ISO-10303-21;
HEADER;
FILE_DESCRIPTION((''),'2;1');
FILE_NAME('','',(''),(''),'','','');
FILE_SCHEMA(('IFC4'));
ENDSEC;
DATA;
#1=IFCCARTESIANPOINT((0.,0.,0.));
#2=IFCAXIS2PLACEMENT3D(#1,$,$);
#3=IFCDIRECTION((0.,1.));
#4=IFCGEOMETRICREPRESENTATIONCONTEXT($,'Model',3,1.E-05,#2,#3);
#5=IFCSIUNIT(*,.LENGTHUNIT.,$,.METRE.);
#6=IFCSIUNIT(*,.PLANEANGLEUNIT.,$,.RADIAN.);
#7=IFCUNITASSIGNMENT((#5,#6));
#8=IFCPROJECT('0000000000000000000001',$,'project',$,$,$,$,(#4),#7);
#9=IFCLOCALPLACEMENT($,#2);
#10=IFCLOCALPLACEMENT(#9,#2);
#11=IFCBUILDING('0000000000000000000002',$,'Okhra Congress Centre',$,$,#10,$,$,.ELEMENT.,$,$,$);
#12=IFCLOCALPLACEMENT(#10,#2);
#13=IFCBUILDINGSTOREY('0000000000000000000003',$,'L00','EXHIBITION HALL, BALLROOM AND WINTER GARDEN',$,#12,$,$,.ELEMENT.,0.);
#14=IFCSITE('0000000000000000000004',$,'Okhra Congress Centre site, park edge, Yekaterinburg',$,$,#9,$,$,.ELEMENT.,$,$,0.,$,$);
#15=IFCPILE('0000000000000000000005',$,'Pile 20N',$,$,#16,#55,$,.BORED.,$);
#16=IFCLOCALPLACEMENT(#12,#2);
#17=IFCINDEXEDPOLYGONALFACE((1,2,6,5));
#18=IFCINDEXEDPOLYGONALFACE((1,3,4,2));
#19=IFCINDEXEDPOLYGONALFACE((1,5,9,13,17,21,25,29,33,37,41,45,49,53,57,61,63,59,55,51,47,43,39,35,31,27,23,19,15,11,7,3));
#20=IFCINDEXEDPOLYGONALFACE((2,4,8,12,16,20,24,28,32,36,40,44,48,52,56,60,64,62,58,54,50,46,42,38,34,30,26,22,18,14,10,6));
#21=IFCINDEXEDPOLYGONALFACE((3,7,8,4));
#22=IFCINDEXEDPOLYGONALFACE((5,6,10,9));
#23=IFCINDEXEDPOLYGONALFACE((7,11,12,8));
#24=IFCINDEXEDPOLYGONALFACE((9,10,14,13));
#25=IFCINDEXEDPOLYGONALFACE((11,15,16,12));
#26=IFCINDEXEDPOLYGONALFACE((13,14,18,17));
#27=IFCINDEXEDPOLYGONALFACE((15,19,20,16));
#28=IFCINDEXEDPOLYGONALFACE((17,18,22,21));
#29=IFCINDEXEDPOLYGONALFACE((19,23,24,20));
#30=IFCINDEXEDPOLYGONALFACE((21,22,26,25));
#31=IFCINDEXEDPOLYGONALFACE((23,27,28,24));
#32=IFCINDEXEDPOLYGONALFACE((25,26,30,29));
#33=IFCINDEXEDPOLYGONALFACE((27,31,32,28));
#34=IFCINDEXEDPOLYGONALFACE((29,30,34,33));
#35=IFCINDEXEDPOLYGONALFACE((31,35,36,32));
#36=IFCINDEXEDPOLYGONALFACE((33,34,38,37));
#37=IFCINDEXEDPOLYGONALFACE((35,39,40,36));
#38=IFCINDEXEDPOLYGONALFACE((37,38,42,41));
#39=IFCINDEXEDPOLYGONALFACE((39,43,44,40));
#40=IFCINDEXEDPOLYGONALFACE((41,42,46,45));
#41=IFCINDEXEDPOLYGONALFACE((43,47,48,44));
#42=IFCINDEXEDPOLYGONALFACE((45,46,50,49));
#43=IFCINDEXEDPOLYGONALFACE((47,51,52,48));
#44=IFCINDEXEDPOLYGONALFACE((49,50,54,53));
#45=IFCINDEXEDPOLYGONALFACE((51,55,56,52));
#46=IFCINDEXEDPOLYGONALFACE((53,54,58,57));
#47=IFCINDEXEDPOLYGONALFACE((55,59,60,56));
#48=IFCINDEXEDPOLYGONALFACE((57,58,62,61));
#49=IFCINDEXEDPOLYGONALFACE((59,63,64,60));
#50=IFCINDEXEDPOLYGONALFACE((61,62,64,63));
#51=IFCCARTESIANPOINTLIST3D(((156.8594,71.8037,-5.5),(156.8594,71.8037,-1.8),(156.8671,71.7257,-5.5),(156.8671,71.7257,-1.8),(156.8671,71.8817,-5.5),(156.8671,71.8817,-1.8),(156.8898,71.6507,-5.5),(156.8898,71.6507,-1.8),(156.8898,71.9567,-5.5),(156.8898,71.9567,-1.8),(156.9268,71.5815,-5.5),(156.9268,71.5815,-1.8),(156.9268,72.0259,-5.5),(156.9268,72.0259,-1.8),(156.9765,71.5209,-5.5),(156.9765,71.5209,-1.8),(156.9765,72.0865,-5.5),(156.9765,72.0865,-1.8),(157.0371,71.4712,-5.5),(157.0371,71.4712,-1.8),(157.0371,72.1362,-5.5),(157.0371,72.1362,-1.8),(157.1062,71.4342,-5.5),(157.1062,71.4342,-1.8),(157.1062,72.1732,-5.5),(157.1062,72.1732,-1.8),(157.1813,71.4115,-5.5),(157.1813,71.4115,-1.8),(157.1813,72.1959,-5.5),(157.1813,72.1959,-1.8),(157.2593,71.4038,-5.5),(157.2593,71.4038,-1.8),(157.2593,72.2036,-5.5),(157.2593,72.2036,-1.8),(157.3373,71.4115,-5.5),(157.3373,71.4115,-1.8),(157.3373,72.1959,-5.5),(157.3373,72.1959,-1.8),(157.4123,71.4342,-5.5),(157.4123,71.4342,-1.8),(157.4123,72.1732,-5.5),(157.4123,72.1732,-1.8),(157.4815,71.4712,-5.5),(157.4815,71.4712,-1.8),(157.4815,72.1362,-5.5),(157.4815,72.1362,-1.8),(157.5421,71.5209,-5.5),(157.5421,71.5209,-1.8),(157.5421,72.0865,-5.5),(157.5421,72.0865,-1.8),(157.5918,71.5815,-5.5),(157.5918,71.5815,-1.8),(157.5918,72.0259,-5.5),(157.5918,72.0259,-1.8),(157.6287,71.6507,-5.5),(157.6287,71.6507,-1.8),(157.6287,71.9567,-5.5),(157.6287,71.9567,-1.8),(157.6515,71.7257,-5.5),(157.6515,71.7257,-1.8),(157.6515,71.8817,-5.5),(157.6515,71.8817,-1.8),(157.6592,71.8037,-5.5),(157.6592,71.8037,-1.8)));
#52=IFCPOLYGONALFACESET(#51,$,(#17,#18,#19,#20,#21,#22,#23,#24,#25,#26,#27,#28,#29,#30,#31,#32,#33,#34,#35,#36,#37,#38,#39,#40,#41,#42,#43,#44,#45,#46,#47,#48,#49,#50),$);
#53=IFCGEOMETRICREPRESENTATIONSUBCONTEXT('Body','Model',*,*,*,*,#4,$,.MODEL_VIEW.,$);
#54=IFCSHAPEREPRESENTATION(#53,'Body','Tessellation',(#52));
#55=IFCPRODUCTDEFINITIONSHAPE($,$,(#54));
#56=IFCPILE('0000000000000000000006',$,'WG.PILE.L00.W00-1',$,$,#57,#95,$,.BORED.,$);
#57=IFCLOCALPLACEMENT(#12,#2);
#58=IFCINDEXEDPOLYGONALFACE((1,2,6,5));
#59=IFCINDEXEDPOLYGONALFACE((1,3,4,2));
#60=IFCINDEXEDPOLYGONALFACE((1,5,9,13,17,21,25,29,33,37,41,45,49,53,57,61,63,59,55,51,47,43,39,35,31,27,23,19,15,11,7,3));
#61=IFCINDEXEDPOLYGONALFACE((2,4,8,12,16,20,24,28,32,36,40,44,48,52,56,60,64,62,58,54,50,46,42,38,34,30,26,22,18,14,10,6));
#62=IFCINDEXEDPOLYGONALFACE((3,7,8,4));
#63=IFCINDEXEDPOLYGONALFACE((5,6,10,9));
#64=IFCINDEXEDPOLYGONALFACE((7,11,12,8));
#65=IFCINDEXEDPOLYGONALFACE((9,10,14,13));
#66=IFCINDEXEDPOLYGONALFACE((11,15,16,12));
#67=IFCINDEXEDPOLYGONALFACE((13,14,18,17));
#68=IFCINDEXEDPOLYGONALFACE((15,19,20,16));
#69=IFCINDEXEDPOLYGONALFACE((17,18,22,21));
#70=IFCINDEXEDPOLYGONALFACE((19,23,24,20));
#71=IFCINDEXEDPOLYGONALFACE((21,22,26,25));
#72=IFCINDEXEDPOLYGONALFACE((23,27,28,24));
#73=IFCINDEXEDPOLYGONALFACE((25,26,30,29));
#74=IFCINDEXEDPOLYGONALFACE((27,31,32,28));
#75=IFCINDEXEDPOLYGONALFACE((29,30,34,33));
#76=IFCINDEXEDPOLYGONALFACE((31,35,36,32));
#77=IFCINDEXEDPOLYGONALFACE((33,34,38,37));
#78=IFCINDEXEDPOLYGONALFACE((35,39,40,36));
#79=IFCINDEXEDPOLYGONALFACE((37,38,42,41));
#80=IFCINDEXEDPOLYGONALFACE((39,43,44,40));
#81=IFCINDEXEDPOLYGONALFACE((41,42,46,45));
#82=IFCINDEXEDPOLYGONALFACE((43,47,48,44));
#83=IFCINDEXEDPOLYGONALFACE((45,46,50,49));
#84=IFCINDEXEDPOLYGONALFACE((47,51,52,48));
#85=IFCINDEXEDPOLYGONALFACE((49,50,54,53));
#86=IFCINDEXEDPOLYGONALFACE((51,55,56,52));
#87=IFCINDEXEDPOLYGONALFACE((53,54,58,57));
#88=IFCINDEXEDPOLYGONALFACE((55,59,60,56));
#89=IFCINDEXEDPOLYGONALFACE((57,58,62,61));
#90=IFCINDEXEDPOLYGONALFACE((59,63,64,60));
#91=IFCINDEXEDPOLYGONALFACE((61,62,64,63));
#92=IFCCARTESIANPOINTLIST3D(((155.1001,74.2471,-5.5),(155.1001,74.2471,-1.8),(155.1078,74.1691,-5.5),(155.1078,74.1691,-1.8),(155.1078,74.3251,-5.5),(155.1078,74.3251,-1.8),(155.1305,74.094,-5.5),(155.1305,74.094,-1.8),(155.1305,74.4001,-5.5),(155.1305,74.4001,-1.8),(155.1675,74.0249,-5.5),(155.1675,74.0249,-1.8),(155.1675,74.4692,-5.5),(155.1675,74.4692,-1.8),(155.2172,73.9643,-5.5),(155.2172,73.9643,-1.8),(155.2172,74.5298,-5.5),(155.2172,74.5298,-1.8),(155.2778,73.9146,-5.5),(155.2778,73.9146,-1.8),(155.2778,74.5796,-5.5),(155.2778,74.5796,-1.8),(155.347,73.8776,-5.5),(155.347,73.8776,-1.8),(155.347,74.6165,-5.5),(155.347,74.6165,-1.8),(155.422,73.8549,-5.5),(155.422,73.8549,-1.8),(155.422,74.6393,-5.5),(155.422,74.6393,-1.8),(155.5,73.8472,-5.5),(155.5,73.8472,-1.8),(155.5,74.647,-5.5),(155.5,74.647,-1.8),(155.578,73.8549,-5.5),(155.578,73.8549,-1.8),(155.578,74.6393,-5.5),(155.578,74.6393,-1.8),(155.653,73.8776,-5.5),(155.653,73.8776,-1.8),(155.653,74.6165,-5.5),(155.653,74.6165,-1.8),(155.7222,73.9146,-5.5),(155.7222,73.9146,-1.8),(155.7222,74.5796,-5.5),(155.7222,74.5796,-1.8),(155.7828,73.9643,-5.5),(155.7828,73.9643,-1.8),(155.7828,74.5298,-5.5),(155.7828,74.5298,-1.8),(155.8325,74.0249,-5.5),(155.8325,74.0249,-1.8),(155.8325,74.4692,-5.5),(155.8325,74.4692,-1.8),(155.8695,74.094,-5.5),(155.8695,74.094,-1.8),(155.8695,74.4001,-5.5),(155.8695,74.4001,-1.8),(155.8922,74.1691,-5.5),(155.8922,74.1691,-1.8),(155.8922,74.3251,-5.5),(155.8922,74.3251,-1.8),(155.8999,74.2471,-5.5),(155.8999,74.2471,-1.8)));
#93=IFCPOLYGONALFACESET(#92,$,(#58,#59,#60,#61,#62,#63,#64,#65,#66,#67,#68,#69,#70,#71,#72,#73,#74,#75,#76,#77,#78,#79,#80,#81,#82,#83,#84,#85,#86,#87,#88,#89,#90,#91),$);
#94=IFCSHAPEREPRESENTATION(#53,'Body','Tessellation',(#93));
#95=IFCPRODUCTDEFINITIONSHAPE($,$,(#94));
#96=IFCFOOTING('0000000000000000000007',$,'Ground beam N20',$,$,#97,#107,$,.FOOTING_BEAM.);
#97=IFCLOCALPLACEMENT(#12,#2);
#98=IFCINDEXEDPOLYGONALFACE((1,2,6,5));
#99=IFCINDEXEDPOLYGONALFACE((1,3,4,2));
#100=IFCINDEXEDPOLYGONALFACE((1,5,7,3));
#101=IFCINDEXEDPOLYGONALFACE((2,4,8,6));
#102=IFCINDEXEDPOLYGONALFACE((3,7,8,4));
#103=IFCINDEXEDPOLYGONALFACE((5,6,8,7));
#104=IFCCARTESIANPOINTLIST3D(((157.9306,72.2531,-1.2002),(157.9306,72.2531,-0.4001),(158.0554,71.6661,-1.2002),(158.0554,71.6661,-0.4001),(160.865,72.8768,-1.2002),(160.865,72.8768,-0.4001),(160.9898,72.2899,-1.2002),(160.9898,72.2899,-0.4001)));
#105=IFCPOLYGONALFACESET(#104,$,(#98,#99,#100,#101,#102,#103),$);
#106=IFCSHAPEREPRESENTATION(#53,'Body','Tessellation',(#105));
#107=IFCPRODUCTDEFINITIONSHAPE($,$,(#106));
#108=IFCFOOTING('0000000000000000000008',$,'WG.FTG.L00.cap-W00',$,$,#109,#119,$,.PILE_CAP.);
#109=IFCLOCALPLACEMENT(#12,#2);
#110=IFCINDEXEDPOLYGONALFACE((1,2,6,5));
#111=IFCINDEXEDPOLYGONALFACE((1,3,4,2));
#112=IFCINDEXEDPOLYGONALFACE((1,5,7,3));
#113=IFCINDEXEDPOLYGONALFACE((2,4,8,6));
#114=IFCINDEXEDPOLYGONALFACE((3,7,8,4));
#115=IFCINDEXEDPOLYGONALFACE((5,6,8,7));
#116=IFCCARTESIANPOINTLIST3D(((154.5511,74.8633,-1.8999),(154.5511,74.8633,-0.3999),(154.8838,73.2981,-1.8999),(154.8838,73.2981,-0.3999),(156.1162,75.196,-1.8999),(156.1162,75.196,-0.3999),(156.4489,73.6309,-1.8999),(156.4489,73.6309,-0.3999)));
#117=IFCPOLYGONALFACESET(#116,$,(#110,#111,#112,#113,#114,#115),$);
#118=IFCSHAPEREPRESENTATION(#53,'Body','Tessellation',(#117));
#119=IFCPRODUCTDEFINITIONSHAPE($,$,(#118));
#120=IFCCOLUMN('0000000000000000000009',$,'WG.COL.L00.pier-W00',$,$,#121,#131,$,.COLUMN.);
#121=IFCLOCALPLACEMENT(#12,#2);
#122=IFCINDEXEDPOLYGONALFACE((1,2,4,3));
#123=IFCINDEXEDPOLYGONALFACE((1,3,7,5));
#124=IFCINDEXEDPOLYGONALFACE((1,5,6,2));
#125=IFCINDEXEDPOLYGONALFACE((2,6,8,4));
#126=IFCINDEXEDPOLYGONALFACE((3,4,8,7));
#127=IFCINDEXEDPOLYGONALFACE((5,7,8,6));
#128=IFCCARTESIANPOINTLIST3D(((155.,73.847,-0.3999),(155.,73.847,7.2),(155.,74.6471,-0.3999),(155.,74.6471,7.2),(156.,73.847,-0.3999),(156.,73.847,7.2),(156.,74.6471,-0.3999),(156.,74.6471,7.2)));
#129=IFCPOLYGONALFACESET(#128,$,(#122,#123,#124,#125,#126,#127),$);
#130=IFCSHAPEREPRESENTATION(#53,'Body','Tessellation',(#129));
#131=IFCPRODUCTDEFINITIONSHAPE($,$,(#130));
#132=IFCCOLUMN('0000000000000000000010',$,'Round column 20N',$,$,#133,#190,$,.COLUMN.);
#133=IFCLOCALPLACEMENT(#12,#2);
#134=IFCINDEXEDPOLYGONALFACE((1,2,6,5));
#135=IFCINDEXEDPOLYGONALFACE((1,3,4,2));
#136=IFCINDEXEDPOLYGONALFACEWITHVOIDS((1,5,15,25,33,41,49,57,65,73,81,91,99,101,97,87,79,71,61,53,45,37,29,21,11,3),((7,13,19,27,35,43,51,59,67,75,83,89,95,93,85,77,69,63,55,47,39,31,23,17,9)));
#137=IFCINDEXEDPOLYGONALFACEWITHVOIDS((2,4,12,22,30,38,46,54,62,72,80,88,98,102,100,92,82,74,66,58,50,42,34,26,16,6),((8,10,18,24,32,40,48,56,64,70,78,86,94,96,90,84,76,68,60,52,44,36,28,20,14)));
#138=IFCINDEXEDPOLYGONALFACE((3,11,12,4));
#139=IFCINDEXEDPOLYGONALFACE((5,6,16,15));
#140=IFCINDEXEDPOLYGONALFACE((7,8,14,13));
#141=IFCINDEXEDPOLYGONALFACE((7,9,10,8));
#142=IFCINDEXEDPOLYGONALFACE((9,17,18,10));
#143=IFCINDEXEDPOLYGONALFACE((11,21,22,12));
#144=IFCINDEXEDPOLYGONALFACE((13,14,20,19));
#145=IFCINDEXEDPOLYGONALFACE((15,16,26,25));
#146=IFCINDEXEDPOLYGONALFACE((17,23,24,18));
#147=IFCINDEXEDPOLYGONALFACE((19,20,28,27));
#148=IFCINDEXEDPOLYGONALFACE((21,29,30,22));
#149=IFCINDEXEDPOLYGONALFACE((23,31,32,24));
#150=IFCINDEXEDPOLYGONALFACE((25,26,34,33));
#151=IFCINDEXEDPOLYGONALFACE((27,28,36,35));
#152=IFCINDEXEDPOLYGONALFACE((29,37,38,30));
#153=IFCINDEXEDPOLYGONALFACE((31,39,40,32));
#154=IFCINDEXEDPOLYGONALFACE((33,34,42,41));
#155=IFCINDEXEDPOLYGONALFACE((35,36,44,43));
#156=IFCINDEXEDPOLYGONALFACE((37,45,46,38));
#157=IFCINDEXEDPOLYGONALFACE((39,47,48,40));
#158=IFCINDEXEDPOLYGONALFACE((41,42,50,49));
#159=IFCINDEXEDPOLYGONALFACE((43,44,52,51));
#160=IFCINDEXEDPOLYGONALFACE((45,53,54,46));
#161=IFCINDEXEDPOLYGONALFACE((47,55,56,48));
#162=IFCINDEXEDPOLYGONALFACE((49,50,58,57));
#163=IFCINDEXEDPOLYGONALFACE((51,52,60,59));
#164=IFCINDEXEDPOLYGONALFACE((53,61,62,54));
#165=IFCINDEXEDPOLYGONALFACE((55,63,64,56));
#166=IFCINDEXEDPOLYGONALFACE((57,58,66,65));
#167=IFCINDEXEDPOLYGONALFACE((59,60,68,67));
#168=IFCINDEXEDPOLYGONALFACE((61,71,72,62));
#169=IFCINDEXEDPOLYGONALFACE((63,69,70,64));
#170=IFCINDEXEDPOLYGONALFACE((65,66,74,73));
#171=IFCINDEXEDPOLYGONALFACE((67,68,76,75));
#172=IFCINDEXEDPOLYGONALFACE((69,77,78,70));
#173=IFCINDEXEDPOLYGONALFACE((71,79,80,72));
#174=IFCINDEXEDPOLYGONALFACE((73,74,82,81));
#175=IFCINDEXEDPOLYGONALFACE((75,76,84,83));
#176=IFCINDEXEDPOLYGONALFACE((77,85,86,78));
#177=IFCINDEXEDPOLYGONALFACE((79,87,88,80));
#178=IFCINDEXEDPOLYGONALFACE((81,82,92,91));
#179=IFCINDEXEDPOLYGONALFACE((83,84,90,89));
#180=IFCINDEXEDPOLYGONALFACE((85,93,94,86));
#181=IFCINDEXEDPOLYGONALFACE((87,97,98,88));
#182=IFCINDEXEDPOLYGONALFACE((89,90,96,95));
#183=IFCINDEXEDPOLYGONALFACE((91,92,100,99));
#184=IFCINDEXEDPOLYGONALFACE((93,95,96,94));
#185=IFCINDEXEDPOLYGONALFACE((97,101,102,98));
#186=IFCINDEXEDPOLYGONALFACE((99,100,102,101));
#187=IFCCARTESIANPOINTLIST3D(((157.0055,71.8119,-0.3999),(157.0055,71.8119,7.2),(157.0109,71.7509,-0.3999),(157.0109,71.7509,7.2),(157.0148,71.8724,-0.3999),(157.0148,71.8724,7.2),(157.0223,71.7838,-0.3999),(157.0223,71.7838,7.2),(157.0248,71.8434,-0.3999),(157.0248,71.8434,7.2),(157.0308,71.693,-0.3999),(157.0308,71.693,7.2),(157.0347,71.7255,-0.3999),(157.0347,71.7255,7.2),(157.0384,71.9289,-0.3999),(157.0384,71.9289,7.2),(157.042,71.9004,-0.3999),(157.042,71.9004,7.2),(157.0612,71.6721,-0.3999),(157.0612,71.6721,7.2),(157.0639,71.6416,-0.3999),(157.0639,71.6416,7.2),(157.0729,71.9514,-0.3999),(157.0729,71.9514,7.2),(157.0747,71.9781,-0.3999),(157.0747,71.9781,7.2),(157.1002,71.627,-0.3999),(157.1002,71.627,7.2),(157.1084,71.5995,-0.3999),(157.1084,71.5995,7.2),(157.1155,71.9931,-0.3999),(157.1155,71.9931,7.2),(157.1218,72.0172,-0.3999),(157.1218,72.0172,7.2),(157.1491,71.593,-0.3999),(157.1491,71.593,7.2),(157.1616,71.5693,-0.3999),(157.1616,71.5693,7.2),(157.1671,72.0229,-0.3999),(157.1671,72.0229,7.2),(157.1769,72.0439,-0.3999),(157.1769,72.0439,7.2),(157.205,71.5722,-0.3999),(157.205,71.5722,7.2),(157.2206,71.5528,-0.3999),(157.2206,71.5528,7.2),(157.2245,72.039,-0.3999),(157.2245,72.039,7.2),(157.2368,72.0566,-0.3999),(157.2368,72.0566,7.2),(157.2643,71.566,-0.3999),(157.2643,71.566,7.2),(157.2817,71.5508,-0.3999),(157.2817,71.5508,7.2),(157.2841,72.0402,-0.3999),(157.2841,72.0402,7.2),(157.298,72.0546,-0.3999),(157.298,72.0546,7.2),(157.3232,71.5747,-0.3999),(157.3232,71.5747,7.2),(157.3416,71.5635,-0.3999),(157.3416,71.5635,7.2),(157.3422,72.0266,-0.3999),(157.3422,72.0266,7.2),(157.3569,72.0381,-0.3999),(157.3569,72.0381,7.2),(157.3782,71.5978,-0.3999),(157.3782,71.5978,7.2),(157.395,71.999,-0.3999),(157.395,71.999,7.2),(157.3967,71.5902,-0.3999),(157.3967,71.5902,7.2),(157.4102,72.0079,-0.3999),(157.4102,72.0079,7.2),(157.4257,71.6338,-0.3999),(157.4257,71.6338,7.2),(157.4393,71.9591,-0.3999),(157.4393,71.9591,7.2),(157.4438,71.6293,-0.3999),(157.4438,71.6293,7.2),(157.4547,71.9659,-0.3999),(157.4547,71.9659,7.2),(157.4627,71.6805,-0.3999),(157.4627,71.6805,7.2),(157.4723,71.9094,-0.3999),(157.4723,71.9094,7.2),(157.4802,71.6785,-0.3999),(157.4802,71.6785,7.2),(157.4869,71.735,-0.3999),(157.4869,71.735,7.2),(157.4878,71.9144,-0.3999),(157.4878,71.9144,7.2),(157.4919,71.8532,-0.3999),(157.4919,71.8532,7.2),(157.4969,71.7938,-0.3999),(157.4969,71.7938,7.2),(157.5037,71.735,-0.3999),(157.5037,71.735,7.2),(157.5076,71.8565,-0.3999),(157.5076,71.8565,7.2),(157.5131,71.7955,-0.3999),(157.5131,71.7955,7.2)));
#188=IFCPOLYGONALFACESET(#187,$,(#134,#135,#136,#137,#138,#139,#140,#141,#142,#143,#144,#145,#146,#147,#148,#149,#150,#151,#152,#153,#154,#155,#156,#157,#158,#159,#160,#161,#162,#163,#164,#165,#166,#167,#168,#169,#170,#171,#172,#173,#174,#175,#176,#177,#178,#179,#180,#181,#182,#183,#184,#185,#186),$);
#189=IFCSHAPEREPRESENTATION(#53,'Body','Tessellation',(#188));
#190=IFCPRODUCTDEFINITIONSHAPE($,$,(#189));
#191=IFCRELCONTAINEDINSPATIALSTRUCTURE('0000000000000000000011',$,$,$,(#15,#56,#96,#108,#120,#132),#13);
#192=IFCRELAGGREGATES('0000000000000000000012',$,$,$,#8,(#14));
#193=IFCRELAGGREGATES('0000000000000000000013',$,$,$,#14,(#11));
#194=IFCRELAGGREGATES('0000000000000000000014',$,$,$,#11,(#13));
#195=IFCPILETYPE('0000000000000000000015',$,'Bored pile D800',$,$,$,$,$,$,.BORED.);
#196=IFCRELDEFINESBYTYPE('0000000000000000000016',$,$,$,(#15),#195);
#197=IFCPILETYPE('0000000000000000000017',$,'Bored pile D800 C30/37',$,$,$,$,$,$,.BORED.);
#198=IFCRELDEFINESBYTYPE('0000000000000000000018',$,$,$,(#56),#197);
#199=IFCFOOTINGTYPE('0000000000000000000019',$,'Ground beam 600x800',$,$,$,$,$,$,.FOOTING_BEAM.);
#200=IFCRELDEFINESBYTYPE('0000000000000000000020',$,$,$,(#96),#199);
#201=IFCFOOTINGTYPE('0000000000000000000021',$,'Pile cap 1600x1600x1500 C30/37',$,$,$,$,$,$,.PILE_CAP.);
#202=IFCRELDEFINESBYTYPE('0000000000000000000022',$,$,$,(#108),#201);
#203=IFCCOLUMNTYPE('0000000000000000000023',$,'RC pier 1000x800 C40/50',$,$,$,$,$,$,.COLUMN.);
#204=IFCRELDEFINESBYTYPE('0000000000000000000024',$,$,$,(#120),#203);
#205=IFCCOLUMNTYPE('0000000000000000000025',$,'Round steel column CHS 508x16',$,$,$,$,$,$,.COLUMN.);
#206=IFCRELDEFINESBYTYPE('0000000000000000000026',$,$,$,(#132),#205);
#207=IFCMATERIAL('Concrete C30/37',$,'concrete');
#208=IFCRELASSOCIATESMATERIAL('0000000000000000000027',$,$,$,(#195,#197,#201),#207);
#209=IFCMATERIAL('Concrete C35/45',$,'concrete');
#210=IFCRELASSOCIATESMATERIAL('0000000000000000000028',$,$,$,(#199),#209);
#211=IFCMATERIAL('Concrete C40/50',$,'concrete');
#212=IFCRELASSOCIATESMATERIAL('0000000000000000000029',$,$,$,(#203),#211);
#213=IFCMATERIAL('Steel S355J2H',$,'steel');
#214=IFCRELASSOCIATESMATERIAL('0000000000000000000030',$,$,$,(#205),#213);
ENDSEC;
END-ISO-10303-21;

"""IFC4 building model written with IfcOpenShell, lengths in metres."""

from ifc_helpers import new_model, si_unit, direction, frame, origin, origin_2d, place, context, subcontext, project, spatial, rectangle, circle, hollow_circle, extrude, material, material_profile, profile_set, type_object, element, save


model = new_model("IFC4")

# Units and contexts
model_context = context("Model", 3, precision=1e-05, world=origin(), true_north=direction((0.0, 1.0)))
body_context = subcontext(model_context, "Body", "Model", "MODEL_VIEW")
ifc_project = project(units=[si_unit("LENGTHUNIT", "METRE"), si_unit("PLANEANGLEUNIT", "RADIAN")], contexts=[model_context])

# Site, building, storey
site_placement = place(None, origin())
site = spatial("IfcSite", under=ifc_project, at=site_placement, Name="Okhra Congress Centre site, park edge, Yekaterinburg", CompositionType="ELEMENT", RefElevation=0.0)
building_placement = place(site_placement, origin())
building = spatial("IfcBuilding", under=site, at=building_placement, Name="Okhra Congress Centre", CompositionType="ELEMENT")
storey_placement = place(building_placement, origin())
storey = spatial("IfcBuildingStorey", under=building, at=storey_placement, Name="L00", Description="EXHIBITION HALL, BALLROOM AND WINTER GARDEN", CompositionType="ELEMENT", Elevation=0.0)

# Piles
ifc_material_1 = material(Name="Concrete C30/37", Category="concrete")
ifc_material_profile_1 = material_profile(ifc_material_1, circle(Radius=0.3999, at=origin_2d()), Name="D800")
ifc_profile_set_1 = profile_set([ifc_material_profile_1], Name="Concrete C30/37")
pile_type_1 = type_object("IfcPileType", Name="Bored pile D800", PredefinedType="BORED", material=ifc_profile_set_1)
pile_1_placement = place(storey_placement, frame((157.2593, 71.8037, -1.8), z_axis=(0.0, 0.0, -1.0), x_axis=(1.0, 0.0, 0.0)))
element("IfcPile", 1, at=pile_1_placement, inside=storey, type_object=pile_type_1, Name="Pile 20N", PredefinedType="BORED", context=body_context, shape_type="SweptSolid", body=[
    extrude(circle(Radius=0.3999, at=origin_2d()), origin(), (0.0, 0.0, 1.0), 3.7),
])
ifc_material_profile_2 = material_profile(ifc_material_1, circle(Radius=0.3999, at=origin_2d()), Name="D800")
ifc_profile_set_2 = profile_set([ifc_material_profile_2], Name="Concrete C30/37")
pile_type_2 = type_object("IfcPileType", Name="Bored pile D800 C30/37", PredefinedType="BORED", material=ifc_profile_set_2)
pile_2_placement = place(storey_placement, frame((155.5, 74.2471, -1.8), z_axis=(0.0, 0.0, -1.0), x_axis=(1.0, 0.0, 0.0)))
element("IfcPile", 2, at=pile_2_placement, inside=storey, type_object=pile_type_2, Name="WG.PILE.L00.W00-1", PredefinedType="BORED", context=body_context, shape_type="SweptSolid", body=[
    extrude(circle(Radius=0.3999, at=origin_2d()), origin(), (0.0, 0.0, 1.0), 3.7),
])

# Footings
ifc_material_2 = material(Name="Concrete C35/45", Category="concrete")
footing_type_1 = type_object("IfcFootingType", Name="Ground beam 600x800", PredefinedType="FOOTING_BEAM", material=ifc_material_2)
footing_1_placement = place(storey_placement, frame((159.4602, 72.2715, -1.2002), z_axis=(0.0, 0.0, 1.0), x_axis=(0.978148, 0.207912, 0.0)))
element("IfcFooting", 3, at=footing_1_placement, inside=storey, type_object=footing_type_1, Name="Ground beam N20", PredefinedType="FOOTING_BEAM", context=body_context, shape_type="SweptSolid", body=[
    extrude(rectangle(XDim=3.0, YDim=0.6001, at=origin_2d()), origin(), (0.0, 0.0, 1.0), 0.8),
])
footing_type_2 = type_object("IfcFootingType", Name="Pile cap 1600x1600x1500 C30/37", PredefinedType="PILE_CAP", material=ifc_material_1)
footing_2_placement = place(storey_placement, frame((155.5, 74.2471, -1.8999), z_axis=(0.0, 0.0, 1.0), x_axis=(0.978139, 0.207952, 0.0)))
element("IfcFooting", 4, at=footing_2_placement, inside=storey, type_object=footing_type_2, Name="WG.FTG.L00.cap-W00", PredefinedType="PILE_CAP", context=body_context, shape_type="SweptSolid", body=[
    extrude(rectangle(XDim=1.6001, YDim=1.6001, at=origin_2d()), origin(), (0.0, 0.0, 1.0), 1.5),
])

# Columns
ifc_material_3 = material(Name="Concrete C40/50", Category="concrete")
ifc_material_profile_3 = material_profile(ifc_material_3, rectangle(XDim=1.0, YDim=0.8, at=origin_2d()), Name="RC 1000x800")
ifc_profile_set_3 = profile_set([ifc_material_profile_3], Name="Concrete C40/50")
column_type_1 = type_object("IfcColumnType", Name="RC pier 1000x800 C40/50", PredefinedType="COLUMN", material=ifc_profile_set_3)
column_1_placement = place(storey_placement, frame((155.5, 74.2471, -0.3999), z_axis=(0.0, 0.0, 1.0), x_axis=(1.0, 0.0, 0.0)))
element("IfcColumn", 5, at=column_1_placement, inside=storey, type_object=column_type_1, Name="WG.COL.L00.pier-W00", PredefinedType="COLUMN", context=body_context, shape_type="SweptSolid", body=[
    extrude(rectangle(XDim=1.0, YDim=0.8, at=origin_2d()), origin(), (0.0, 0.0, 1.0), 7.5999),
])
ifc_material_4 = material(Name="Steel S355J2H", Category="steel")
ifc_material_profile_4 = material_profile(ifc_material_4, hollow_circle(Radius=0.2539, WallThickness=0.0161, at=origin_2d()), Name="CHS 508x16")
ifc_profile_set_4 = profile_set([ifc_material_profile_4], Name="Steel S355J2H")
column_type_2 = type_object("IfcColumnType", Name="Round steel column CHS 508x16", PredefinedType="COLUMN", material=ifc_profile_set_4)
column_2_placement = place(storey_placement, frame((157.2593, 71.8037, -0.3999), z_axis=(0.0, 0.0, 1.0), x_axis=(0.978148, 0.207912, 0.0)))
element("IfcColumn", 6, at=column_2_placement, inside=storey, type_object=column_type_2, Name="Round column 20N", PredefinedType="COLUMN", context=body_context, shape_type="SweptSolid", body=[
    extrude(hollow_circle(Radius=0.2539, WallThickness=0.0161, at=origin_2d()), origin(), (0.0, 0.0, 1.0), 7.5999),
])

save(model, "model.ifc")
